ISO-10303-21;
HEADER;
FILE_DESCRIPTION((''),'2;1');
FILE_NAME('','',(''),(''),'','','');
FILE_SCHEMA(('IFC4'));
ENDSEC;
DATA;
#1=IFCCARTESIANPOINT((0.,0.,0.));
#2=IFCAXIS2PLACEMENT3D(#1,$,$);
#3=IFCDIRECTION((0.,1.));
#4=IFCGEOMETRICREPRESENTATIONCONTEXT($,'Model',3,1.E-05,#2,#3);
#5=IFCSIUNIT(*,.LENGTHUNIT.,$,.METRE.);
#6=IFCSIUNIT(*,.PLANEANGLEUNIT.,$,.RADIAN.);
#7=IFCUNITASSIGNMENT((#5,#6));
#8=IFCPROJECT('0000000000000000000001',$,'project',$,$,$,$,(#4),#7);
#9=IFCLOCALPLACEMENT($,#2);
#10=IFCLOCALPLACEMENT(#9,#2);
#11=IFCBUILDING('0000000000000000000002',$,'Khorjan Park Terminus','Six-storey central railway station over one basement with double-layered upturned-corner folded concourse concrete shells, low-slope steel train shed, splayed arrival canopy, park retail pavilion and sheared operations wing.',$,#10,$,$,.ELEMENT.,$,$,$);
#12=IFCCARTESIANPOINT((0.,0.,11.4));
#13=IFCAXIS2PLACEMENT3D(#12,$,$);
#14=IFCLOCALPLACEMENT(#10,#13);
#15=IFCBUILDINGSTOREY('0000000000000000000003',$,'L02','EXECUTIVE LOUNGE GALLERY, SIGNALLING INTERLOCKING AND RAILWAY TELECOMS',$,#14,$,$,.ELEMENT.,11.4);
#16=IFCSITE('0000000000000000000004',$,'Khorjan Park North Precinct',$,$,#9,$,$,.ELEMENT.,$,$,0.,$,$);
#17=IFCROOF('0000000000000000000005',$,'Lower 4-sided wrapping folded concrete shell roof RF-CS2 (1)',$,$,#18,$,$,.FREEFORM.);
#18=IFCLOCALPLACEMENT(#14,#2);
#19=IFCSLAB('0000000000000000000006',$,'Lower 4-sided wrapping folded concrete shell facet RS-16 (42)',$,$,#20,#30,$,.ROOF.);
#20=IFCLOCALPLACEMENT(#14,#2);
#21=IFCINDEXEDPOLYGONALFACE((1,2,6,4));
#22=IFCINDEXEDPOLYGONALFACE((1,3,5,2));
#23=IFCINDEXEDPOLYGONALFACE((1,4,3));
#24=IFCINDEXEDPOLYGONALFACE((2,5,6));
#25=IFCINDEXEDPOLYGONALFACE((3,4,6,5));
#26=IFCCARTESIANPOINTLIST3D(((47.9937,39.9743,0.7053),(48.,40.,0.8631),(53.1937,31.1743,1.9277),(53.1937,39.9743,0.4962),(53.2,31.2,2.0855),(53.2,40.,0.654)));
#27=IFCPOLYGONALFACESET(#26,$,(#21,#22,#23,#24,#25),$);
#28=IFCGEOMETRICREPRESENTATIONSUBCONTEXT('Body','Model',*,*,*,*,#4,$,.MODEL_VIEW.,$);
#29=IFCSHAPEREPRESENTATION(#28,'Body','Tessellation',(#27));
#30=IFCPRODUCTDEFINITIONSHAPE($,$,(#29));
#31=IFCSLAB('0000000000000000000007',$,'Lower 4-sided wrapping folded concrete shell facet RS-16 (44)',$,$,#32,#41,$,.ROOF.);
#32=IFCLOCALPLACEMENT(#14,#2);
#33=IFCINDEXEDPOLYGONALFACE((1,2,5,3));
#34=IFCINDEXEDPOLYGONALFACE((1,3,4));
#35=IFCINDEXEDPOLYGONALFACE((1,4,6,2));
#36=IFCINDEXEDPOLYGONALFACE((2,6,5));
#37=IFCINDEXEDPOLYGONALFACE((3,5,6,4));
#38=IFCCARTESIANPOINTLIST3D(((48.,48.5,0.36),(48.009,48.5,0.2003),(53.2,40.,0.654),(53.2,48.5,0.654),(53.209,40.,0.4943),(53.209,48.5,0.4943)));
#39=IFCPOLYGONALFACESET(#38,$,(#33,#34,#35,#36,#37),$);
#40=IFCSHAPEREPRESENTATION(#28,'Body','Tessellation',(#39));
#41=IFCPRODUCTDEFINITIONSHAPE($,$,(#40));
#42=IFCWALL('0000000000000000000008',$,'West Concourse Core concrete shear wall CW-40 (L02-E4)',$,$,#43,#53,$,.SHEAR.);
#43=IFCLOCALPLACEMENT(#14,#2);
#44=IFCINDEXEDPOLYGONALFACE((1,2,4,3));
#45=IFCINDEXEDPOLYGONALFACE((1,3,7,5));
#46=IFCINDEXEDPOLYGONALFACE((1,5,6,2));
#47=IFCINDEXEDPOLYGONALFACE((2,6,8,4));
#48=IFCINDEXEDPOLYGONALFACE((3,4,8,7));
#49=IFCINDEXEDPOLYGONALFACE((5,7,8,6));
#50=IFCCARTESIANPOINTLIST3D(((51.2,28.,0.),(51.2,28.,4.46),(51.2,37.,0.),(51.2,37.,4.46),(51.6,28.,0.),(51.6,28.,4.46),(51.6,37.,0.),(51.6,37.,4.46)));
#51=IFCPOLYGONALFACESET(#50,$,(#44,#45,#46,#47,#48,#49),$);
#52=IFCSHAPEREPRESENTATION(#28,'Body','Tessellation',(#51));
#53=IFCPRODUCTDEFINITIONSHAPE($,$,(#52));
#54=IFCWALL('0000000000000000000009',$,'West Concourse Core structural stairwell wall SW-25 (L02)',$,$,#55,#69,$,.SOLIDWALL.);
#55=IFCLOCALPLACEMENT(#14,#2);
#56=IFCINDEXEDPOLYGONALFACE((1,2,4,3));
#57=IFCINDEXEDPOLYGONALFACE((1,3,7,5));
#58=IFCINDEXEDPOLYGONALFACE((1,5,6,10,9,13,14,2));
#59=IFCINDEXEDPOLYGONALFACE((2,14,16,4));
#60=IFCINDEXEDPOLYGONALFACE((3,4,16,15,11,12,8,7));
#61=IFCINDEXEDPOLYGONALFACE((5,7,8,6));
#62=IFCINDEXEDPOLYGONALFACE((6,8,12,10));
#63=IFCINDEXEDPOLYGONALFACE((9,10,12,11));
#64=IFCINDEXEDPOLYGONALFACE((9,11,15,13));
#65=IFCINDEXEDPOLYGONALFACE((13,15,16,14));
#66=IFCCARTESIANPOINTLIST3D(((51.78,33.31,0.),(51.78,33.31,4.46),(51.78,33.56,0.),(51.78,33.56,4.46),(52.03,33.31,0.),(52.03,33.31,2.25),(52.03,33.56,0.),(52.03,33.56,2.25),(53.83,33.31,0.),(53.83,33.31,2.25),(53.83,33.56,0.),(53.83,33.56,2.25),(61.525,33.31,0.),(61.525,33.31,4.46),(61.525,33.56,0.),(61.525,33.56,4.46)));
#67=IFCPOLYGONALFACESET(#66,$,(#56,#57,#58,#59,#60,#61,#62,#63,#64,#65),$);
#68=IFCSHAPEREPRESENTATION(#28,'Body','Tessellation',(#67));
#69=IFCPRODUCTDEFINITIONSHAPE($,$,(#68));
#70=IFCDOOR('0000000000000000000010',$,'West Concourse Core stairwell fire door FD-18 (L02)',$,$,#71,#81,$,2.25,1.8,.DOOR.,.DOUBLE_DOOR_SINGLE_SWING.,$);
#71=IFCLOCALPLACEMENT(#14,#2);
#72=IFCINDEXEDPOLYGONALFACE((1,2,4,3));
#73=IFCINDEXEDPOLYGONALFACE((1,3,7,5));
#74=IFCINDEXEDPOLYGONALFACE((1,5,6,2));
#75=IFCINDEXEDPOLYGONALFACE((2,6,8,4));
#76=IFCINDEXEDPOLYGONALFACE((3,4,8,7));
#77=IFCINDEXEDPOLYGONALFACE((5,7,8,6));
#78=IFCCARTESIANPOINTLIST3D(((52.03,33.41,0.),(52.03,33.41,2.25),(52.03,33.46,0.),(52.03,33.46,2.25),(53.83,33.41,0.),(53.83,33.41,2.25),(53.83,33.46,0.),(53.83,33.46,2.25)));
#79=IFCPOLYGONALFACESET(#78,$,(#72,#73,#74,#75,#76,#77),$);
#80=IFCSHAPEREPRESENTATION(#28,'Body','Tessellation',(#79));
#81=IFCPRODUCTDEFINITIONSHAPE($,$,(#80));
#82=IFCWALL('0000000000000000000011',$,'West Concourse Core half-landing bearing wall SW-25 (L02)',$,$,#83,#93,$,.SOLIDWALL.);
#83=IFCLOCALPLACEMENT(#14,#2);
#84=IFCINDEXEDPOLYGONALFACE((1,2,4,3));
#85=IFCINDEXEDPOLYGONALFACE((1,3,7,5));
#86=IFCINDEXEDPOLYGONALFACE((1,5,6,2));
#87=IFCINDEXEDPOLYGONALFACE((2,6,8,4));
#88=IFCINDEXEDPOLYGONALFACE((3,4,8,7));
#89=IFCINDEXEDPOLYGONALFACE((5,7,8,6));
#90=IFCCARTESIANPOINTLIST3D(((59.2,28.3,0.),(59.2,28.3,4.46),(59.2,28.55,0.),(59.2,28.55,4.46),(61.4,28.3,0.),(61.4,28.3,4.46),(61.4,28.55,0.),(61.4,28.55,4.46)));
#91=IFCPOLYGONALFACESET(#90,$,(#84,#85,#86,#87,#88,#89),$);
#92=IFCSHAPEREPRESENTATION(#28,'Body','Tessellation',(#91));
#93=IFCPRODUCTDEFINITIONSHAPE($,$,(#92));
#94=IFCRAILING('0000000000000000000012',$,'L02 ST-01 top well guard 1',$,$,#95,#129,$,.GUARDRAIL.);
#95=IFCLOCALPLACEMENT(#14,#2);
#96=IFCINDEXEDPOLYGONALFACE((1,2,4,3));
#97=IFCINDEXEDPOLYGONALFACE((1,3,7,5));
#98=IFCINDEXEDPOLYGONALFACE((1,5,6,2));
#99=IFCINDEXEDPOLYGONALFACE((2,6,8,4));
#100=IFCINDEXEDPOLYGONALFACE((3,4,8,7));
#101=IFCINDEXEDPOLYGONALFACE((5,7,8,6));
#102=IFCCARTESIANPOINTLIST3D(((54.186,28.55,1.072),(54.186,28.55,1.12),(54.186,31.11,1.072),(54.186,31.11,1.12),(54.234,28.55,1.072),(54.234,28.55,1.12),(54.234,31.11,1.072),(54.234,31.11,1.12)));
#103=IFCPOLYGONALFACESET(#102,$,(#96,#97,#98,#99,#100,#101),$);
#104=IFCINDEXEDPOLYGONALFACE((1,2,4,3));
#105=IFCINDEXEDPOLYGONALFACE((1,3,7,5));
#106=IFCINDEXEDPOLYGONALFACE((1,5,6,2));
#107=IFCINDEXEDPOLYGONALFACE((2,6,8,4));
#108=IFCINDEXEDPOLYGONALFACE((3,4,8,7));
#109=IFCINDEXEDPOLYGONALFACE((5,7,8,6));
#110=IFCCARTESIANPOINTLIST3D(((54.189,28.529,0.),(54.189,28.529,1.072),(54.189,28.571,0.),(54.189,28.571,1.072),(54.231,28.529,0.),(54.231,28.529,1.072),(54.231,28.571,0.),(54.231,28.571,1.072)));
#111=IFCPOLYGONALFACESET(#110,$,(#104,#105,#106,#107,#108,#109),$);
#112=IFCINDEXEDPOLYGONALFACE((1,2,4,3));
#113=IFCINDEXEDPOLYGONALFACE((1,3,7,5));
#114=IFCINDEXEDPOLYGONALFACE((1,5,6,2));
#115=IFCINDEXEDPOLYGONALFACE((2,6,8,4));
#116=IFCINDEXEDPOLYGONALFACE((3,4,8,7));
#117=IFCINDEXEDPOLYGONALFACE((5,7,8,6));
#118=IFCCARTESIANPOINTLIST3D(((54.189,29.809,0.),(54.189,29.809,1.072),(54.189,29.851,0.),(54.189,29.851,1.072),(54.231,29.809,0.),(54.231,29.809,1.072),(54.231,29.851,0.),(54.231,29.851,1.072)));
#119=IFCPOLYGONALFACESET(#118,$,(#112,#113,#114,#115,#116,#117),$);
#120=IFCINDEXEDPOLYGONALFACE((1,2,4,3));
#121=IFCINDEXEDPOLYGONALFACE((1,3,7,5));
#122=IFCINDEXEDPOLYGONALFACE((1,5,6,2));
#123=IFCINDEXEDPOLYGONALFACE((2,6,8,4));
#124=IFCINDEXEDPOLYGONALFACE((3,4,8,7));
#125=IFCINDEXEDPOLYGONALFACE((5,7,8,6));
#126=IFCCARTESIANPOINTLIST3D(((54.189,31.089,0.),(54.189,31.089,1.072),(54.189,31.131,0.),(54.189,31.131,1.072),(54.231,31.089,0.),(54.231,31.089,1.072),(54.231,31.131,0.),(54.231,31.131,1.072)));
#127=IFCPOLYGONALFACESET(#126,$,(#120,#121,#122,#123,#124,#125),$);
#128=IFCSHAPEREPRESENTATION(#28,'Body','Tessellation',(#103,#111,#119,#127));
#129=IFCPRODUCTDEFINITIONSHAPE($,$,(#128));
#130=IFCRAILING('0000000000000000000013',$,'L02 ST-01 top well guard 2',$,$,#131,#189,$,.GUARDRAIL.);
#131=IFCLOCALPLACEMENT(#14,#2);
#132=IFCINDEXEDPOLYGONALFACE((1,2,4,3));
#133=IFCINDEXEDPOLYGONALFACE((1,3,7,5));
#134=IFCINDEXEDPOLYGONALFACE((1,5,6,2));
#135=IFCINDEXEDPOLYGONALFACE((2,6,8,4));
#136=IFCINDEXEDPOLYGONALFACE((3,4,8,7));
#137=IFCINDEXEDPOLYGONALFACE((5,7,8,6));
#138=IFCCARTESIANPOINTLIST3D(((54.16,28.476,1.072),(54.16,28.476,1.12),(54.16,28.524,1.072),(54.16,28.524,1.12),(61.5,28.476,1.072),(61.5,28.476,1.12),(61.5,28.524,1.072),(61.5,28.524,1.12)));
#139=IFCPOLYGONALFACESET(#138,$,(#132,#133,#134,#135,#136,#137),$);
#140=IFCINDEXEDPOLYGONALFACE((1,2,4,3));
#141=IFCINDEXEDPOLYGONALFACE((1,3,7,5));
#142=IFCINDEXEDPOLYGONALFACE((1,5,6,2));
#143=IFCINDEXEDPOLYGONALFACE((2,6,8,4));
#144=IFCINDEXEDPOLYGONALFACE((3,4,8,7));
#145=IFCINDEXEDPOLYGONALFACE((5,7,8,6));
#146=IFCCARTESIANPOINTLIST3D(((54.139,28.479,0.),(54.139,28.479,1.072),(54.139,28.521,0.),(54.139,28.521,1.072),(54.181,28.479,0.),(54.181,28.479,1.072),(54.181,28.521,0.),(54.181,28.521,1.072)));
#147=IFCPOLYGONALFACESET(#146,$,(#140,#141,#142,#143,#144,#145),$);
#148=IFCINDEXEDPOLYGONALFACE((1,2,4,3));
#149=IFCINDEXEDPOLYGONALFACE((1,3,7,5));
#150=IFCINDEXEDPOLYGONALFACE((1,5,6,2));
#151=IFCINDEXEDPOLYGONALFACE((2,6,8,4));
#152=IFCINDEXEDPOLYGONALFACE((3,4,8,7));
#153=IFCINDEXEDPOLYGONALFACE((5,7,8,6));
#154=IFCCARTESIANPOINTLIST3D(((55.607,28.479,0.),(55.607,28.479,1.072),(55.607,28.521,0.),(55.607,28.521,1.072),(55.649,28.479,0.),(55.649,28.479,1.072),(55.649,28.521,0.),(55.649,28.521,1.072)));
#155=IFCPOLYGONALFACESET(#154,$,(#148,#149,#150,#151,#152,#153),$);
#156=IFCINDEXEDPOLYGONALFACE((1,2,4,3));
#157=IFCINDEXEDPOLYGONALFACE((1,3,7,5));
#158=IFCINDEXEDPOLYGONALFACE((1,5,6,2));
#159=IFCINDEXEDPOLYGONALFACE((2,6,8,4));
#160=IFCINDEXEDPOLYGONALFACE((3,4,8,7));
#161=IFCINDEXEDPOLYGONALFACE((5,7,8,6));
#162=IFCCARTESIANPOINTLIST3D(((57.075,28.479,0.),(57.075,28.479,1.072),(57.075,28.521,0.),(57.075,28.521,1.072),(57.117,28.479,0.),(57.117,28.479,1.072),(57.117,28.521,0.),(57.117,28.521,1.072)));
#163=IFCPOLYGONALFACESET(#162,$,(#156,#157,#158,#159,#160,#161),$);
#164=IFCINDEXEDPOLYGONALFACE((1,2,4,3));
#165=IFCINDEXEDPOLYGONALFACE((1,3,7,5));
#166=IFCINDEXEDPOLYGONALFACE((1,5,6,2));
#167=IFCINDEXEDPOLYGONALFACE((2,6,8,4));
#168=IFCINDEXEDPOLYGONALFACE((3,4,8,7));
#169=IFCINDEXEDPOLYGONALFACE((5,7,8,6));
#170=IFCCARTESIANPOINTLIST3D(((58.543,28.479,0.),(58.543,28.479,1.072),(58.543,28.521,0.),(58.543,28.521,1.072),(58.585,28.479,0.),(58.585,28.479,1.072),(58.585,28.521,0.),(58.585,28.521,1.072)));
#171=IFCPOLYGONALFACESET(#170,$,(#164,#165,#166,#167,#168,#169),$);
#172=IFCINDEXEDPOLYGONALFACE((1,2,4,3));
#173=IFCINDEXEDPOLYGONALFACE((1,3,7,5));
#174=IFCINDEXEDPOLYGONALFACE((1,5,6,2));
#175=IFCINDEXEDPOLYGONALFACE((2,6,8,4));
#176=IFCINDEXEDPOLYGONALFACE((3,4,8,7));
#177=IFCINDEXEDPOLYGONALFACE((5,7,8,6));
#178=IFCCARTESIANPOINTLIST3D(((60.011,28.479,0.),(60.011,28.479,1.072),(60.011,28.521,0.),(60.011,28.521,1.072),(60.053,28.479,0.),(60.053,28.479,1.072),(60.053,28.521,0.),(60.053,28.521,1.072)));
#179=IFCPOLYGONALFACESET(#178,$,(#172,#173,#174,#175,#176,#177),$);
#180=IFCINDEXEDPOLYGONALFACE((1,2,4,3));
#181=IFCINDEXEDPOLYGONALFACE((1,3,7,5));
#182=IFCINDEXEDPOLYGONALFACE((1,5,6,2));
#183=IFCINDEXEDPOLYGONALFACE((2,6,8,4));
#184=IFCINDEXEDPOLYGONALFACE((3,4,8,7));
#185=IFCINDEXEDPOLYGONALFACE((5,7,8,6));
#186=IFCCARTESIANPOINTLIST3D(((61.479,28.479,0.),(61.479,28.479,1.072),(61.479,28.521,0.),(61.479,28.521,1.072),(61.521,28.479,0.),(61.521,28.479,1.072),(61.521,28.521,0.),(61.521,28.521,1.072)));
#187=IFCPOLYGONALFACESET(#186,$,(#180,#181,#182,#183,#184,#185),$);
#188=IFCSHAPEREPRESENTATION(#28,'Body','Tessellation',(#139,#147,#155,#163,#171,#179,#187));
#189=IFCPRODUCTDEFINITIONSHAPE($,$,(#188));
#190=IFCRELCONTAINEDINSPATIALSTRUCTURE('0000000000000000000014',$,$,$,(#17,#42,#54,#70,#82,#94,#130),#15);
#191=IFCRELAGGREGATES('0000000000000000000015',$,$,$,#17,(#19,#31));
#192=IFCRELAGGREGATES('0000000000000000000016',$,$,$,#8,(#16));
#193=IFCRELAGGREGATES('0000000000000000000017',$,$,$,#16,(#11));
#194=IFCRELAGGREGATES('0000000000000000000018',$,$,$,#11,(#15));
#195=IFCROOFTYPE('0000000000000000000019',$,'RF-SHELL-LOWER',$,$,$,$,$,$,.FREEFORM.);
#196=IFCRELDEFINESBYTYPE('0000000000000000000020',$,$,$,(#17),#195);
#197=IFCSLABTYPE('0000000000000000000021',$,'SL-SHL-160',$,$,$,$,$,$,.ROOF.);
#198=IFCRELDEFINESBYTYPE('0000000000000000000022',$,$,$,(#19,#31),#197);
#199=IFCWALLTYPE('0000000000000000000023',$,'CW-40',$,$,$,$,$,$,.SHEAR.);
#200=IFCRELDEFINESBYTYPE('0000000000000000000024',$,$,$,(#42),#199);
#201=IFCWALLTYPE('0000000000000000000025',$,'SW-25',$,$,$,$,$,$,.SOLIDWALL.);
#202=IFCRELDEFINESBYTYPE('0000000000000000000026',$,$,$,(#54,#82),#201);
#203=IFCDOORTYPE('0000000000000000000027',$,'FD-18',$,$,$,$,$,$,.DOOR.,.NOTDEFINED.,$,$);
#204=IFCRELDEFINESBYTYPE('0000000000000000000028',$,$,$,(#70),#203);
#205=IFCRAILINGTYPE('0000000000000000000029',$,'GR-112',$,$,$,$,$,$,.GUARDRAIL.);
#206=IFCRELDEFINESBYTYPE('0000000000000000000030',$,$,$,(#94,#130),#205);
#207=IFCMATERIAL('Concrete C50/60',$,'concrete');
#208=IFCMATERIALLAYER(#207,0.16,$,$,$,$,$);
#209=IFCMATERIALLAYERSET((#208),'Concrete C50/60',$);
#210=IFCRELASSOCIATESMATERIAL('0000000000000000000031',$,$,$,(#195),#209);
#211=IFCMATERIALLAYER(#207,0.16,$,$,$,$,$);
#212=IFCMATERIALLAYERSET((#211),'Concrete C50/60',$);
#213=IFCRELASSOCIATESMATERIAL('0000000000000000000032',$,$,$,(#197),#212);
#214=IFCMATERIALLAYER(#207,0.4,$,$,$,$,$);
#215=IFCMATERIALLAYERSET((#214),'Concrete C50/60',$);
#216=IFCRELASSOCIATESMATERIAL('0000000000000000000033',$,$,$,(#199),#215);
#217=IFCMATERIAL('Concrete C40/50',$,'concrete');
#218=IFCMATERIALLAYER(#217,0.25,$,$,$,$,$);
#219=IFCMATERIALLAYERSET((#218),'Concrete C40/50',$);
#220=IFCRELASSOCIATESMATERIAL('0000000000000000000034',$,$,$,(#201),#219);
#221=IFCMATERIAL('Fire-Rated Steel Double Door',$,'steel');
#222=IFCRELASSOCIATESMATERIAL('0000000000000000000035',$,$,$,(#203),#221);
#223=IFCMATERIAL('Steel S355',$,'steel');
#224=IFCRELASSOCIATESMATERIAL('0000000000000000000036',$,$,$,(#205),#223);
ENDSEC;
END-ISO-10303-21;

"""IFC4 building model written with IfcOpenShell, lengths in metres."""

from ifc_helpers import new_model, si_unit, direction, frame, frame_2d, origin, origin_2d, place, context, subcontext, project, spatial, polyline, rectangle, outline, extrude, material, layer, layer_set, type_object, element, fill, aggregate, save


model = new_model("IFC4")

# Units and contexts
model_context = context("Model", 3, precision=1e-05, world=origin(), true_north=direction((0.0, 1.0)))
body_context = subcontext(model_context, "Body", "Model", "MODEL_VIEW")
ifc_project = project(units=[si_unit("LENGTHUNIT", "METRE"), si_unit("PLANEANGLEUNIT", "RADIAN")], contexts=[model_context])

# Site, building, storey
site_placement = place(None, origin())
site = spatial("IfcSite", under=ifc_project, at=site_placement, Name="Khorjan Park North Precinct", CompositionType="ELEMENT", RefElevation=0.0)
building_placement = place(site_placement, origin())
building = spatial("IfcBuilding", under=site, at=building_placement, Name="Khorjan Park Terminus", Description="Six-storey central railway station over one basement with double-layered upturned-corner folded concourse concrete shells, low-slope steel train shed, splayed arrival canopy, park retail pavilion and sheared operations wing.", CompositionType="ELEMENT")
storey_placement = place(building_placement, frame((0.0, 0.0, 11.4)))
storey = spatial("IfcBuildingStorey", under=building, at=storey_placement, Name="L02", Description="EXECUTIVE LOUNGE GALLERY, SIGNALLING INTERLOCKING AND RAILWAY TELECOMS", CompositionType="ELEMENT", Elevation=11.4)

# Shared definitions
ifc_material_1 = material(Name="Steel S355", Category="steel")

# Roof, slabs
ifc_material_2 = material(Name="Concrete C50/60", Category="concrete")
ifc_layer_1 = layer(ifc_material_2, 0.16)
ifc_layer_set_1 = layer_set([ifc_layer_1], Name="Concrete C50/60")
roof_type = type_object("IfcRoofType", Name="RF-SHELL-LOWER", PredefinedType="FREEFORM", material=ifc_layer_set_1)
roof_placement = place(storey_placement, origin())
roof = element("IfcRoof", 1, at=roof_placement, inside=storey, type_object=roof_type, Name="Lower 4-sided wrapping folded concrete shell roof RF-CS2 (1)", PredefinedType="FREEFORM")
ifc_layer_2 = layer(ifc_material_2, 0.16)
ifc_layer_set_2 = layer_set([ifc_layer_2], Name="Concrete C50/60")
slab_type = type_object("IfcSlabType", Name="SL-SHL-160", PredefinedType="ROOF", material=ifc_layer_set_2)
slab_1_placement = place(storey_placement, frame((53.2, 31.2, 2.0855), z_axis=(0.039659, 0.160434, 0.98625), x_axis=(0.0, 0.987026, -0.16056)))
slab_1 = element("IfcSlab", 2, at=slab_1_placement, type_object=slab_type, Name="Lower 4-sided wrapping folded concrete shell facet RS-16 (42)", PredefinedType="ROOF", context=body_context, shape_type="SweptSolid", body=[
    extrude(outline(polyline([(0.0, 0.0), (8.9157, 0.0), (8.8821, 5.2041), (0.0, 0.0)])), origin(), (0.0, 0.0, -1.0), 0.16),
])
slab_2_placement = place(storey_placement, frame((53.2, 40.0, 0.654), z_axis=(-0.056448, 0.0, 0.998406), x_axis=(0.0, 1.0, 0.0)))
slab_2 = element("IfcSlab", 3, at=slab_2_placement, type_object=slab_type, Name="Lower 4-sided wrapping folded concrete shell facet RS-16 (44)", PredefinedType="ROOF", context=body_context, shape_type="SweptSolid", body=[
    extrude(outline(polyline([(0.0, 0.0), (8.5, 0.0), (8.5, 5.2083), (0.0, 0.0)])), origin(), (0.0, 0.0, -1.0), 0.16),
])
aggregate(roof, [slab_1, slab_2])

# Wall
ifc_layer_3 = layer(ifc_material_2, 0.4)
ifc_layer_set_3 = layer_set([ifc_layer_3], Name="Concrete C50/60")
wall_type_1 = type_object("IfcWallType", Name="CW-40", PredefinedType="SHEAR", material=ifc_layer_set_3)
wall_1_placement = place(storey_placement, frame((51.4, 37.0, 0.0), z_axis=(0.0, 0.0, 1.0), x_axis=(0.0, -1.0, 0.0)))
element("IfcWall", 4, at=wall_1_placement, inside=storey, type_object=wall_type_1, Name="West Concourse Core concrete shear wall CW-40 (L02-E4)", PredefinedType="SHEAR", context=body_context, shape_type="SweptSolid", body=[
    extrude(rectangle(XDim=9.0, YDim=0.4, at=frame_2d((4.5, 0.0))), origin(), (0.0, 0.0, 1.0), 4.46),
])

# Wall, opening, door
ifc_material_3 = material(Name="Concrete C40/50", Category="concrete")
ifc_layer_4 = layer(ifc_material_3, 0.25)
ifc_layer_set_4 = layer_set([ifc_layer_4], Name="Concrete C40/50")
wall_type_2 = type_object("IfcWallType", Name="SW-25", PredefinedType="SOLIDWALL", material=ifc_layer_set_4)
wall_2_placement = place(storey_placement, frame((51.78, 33.435, 0.0), z_axis=(0.0, 0.0, 1.0), x_axis=(1.0, 0.0, 0.0)))
wall_2 = element("IfcWall", 5, at=wall_2_placement, inside=storey, type_object=wall_type_2, Name="West Concourse Core structural stairwell wall SW-25 (L02)", PredefinedType="SOLIDWALL", context=body_context, shape_type="SweptSolid", body=[
    extrude(rectangle(XDim=9.745, YDim=0.25, at=frame_2d((4.8725, 0.0))), origin(), (0.0, 0.0, 1.0), 4.46),
])
opening_placement = place(wall_2_placement, frame((0.25, 0.0, 0.0)))
opening = element("IfcOpeningElement", 6, at=opening_placement, cuts=wall_2, PredefinedType="OPENING", context=body_context, shape_type="SweptSolid", body=[
    extrude(rectangle(XDim=1.8, YDim=2.25, at=frame_2d((0.9, 1.125))), frame((0.0, 0.135, 0.0), z_axis=(0.0, -1.0, 0.0), x_axis=(1.0, 0.0, 0.0)), (0.0, 0.0, 1.0), 0.27),
])
ifc_material_4 = material(Name="Fire-Rated Steel Double Door", Category="steel")
door_type = type_object("IfcDoorType", Name="FD-18", OperationType="NOTDEFINED", PredefinedType="DOOR", material=ifc_material_4)
door_placement = place(opening_placement, origin())
door = element("IfcDoor", 7, at=door_placement, inside=storey, type_object=door_type, Name="West Concourse Core stairwell fire door FD-18 (L02)", OperationType="DOUBLE_DOOR_SINGLE_SWING", OverallHeight=2.25, OverallWidth=1.8, PredefinedType="DOOR", context=body_context, shape_type="SweptSolid", body=[
    extrude(rectangle(XDim=1.8, YDim=2.25, at=frame_2d((0.9, 1.125))), frame((0.0, 0.025, 0.0), z_axis=(0.0, -1.0, 0.0), x_axis=(1.0, 0.0, 0.0)), (0.0, 0.0, 1.0), 0.05),
])
fill(opening, door)

# Wall
wall_3_placement = place(storey_placement, frame((59.2, 28.425, 0.0), z_axis=(0.0, 0.0, 1.0), x_axis=(1.0, 0.0, 0.0)))
element("IfcWall", 8, at=wall_3_placement, inside=storey, type_object=wall_type_2, Name="West Concourse Core half-landing bearing wall SW-25 (L02)", PredefinedType="SOLIDWALL", context=body_context, shape_type="SweptSolid", body=[
    extrude(rectangle(XDim=2.2, YDim=0.25, at=frame_2d((1.1, 0.0))), origin(), (0.0, 0.0, 1.0), 4.46),
])

# Railings
railing_type = type_object("IfcRailingType", Name="GR-112", PredefinedType="GUARDRAIL", material=ifc_material_1)
railing_1_placement = place(storey_placement, frame((54.21, 28.55, 0.0)))
element("IfcRailing", 9, at=railing_1_placement, inside=storey, type_object=railing_type, Name="L02 ST-01 top well guard 1", PredefinedType="GUARDRAIL", context=body_context, shape_type="SweptSolid", body=[
    extrude(rectangle(XDim=0.048, YDim=0.048, at=origin_2d()), frame((0.0, 0.0, 1.096), z_axis=(0.0, 1.0, 0.0), x_axis=(-1.0, 0.0, 0.0)), (0.0, 0.0, 1.0), 2.56),
    extrude(rectangle(XDim=0.042, YDim=0.042, at=origin_2d()), origin(), (0.0, 0.0, 1.0), 1.072),
    extrude(rectangle(XDim=0.042, YDim=0.042, at=origin_2d()), frame((0.0, 1.28, 0.0)), (0.0, 0.0, 1.0), 1.072),
    extrude(rectangle(XDim=0.042, YDim=0.042, at=origin_2d()), frame((0.0, 2.56, 0.0)), (0.0, 0.0, 1.0), 1.072),
])
railing_2_placement = place(storey_placement, frame((54.16, 28.5, 0.0)))
element("IfcRailing", 10, at=railing_2_placement, inside=storey, type_object=railing_type, Name="L02 ST-01 top well guard 2", PredefinedType="GUARDRAIL", context=body_context, shape_type="SweptSolid", body=[
    extrude(rectangle(XDim=0.048, YDim=0.048, at=origin_2d()), frame((0.0, 0.0, 1.096), z_axis=(1.0, 0.0, 0.0), x_axis=(0.0, 1.0, 0.0)), (0.0, 0.0, 1.0), 7.34),
    extrude(rectangle(XDim=0.042, YDim=0.042, at=origin_2d()), origin(), (0.0, 0.0, 1.0), 1.072),
    extrude(rectangle(XDim=0.042, YDim=0.042, at=origin_2d()), frame((1.468, 0.0, 0.0)), (0.0, 0.0, 1.0), 1.072),
    extrude(rectangle(XDim=0.042, YDim=0.042, at=origin_2d()), frame((2.936, 0.0, 0.0)), (0.0, 0.0, 1.0), 1.072),
    extrude(rectangle(XDim=0.042, YDim=0.042, at=origin_2d()), frame((4.404, 0.0, 0.0)), (0.0, 0.0, 1.0), 1.072),
    extrude(rectangle(XDim=0.042, YDim=0.042, at=origin_2d()), frame((5.872, 0.0, 0.0)), (0.0, 0.0, 1.0), 1.072),
    extrude(rectangle(XDim=0.042, YDim=0.042, at=origin_2d()), frame((7.34, 0.0, 0.0)), (0.0, 0.0, 1.0), 1.072),
])

save(model, "model.ifc")
